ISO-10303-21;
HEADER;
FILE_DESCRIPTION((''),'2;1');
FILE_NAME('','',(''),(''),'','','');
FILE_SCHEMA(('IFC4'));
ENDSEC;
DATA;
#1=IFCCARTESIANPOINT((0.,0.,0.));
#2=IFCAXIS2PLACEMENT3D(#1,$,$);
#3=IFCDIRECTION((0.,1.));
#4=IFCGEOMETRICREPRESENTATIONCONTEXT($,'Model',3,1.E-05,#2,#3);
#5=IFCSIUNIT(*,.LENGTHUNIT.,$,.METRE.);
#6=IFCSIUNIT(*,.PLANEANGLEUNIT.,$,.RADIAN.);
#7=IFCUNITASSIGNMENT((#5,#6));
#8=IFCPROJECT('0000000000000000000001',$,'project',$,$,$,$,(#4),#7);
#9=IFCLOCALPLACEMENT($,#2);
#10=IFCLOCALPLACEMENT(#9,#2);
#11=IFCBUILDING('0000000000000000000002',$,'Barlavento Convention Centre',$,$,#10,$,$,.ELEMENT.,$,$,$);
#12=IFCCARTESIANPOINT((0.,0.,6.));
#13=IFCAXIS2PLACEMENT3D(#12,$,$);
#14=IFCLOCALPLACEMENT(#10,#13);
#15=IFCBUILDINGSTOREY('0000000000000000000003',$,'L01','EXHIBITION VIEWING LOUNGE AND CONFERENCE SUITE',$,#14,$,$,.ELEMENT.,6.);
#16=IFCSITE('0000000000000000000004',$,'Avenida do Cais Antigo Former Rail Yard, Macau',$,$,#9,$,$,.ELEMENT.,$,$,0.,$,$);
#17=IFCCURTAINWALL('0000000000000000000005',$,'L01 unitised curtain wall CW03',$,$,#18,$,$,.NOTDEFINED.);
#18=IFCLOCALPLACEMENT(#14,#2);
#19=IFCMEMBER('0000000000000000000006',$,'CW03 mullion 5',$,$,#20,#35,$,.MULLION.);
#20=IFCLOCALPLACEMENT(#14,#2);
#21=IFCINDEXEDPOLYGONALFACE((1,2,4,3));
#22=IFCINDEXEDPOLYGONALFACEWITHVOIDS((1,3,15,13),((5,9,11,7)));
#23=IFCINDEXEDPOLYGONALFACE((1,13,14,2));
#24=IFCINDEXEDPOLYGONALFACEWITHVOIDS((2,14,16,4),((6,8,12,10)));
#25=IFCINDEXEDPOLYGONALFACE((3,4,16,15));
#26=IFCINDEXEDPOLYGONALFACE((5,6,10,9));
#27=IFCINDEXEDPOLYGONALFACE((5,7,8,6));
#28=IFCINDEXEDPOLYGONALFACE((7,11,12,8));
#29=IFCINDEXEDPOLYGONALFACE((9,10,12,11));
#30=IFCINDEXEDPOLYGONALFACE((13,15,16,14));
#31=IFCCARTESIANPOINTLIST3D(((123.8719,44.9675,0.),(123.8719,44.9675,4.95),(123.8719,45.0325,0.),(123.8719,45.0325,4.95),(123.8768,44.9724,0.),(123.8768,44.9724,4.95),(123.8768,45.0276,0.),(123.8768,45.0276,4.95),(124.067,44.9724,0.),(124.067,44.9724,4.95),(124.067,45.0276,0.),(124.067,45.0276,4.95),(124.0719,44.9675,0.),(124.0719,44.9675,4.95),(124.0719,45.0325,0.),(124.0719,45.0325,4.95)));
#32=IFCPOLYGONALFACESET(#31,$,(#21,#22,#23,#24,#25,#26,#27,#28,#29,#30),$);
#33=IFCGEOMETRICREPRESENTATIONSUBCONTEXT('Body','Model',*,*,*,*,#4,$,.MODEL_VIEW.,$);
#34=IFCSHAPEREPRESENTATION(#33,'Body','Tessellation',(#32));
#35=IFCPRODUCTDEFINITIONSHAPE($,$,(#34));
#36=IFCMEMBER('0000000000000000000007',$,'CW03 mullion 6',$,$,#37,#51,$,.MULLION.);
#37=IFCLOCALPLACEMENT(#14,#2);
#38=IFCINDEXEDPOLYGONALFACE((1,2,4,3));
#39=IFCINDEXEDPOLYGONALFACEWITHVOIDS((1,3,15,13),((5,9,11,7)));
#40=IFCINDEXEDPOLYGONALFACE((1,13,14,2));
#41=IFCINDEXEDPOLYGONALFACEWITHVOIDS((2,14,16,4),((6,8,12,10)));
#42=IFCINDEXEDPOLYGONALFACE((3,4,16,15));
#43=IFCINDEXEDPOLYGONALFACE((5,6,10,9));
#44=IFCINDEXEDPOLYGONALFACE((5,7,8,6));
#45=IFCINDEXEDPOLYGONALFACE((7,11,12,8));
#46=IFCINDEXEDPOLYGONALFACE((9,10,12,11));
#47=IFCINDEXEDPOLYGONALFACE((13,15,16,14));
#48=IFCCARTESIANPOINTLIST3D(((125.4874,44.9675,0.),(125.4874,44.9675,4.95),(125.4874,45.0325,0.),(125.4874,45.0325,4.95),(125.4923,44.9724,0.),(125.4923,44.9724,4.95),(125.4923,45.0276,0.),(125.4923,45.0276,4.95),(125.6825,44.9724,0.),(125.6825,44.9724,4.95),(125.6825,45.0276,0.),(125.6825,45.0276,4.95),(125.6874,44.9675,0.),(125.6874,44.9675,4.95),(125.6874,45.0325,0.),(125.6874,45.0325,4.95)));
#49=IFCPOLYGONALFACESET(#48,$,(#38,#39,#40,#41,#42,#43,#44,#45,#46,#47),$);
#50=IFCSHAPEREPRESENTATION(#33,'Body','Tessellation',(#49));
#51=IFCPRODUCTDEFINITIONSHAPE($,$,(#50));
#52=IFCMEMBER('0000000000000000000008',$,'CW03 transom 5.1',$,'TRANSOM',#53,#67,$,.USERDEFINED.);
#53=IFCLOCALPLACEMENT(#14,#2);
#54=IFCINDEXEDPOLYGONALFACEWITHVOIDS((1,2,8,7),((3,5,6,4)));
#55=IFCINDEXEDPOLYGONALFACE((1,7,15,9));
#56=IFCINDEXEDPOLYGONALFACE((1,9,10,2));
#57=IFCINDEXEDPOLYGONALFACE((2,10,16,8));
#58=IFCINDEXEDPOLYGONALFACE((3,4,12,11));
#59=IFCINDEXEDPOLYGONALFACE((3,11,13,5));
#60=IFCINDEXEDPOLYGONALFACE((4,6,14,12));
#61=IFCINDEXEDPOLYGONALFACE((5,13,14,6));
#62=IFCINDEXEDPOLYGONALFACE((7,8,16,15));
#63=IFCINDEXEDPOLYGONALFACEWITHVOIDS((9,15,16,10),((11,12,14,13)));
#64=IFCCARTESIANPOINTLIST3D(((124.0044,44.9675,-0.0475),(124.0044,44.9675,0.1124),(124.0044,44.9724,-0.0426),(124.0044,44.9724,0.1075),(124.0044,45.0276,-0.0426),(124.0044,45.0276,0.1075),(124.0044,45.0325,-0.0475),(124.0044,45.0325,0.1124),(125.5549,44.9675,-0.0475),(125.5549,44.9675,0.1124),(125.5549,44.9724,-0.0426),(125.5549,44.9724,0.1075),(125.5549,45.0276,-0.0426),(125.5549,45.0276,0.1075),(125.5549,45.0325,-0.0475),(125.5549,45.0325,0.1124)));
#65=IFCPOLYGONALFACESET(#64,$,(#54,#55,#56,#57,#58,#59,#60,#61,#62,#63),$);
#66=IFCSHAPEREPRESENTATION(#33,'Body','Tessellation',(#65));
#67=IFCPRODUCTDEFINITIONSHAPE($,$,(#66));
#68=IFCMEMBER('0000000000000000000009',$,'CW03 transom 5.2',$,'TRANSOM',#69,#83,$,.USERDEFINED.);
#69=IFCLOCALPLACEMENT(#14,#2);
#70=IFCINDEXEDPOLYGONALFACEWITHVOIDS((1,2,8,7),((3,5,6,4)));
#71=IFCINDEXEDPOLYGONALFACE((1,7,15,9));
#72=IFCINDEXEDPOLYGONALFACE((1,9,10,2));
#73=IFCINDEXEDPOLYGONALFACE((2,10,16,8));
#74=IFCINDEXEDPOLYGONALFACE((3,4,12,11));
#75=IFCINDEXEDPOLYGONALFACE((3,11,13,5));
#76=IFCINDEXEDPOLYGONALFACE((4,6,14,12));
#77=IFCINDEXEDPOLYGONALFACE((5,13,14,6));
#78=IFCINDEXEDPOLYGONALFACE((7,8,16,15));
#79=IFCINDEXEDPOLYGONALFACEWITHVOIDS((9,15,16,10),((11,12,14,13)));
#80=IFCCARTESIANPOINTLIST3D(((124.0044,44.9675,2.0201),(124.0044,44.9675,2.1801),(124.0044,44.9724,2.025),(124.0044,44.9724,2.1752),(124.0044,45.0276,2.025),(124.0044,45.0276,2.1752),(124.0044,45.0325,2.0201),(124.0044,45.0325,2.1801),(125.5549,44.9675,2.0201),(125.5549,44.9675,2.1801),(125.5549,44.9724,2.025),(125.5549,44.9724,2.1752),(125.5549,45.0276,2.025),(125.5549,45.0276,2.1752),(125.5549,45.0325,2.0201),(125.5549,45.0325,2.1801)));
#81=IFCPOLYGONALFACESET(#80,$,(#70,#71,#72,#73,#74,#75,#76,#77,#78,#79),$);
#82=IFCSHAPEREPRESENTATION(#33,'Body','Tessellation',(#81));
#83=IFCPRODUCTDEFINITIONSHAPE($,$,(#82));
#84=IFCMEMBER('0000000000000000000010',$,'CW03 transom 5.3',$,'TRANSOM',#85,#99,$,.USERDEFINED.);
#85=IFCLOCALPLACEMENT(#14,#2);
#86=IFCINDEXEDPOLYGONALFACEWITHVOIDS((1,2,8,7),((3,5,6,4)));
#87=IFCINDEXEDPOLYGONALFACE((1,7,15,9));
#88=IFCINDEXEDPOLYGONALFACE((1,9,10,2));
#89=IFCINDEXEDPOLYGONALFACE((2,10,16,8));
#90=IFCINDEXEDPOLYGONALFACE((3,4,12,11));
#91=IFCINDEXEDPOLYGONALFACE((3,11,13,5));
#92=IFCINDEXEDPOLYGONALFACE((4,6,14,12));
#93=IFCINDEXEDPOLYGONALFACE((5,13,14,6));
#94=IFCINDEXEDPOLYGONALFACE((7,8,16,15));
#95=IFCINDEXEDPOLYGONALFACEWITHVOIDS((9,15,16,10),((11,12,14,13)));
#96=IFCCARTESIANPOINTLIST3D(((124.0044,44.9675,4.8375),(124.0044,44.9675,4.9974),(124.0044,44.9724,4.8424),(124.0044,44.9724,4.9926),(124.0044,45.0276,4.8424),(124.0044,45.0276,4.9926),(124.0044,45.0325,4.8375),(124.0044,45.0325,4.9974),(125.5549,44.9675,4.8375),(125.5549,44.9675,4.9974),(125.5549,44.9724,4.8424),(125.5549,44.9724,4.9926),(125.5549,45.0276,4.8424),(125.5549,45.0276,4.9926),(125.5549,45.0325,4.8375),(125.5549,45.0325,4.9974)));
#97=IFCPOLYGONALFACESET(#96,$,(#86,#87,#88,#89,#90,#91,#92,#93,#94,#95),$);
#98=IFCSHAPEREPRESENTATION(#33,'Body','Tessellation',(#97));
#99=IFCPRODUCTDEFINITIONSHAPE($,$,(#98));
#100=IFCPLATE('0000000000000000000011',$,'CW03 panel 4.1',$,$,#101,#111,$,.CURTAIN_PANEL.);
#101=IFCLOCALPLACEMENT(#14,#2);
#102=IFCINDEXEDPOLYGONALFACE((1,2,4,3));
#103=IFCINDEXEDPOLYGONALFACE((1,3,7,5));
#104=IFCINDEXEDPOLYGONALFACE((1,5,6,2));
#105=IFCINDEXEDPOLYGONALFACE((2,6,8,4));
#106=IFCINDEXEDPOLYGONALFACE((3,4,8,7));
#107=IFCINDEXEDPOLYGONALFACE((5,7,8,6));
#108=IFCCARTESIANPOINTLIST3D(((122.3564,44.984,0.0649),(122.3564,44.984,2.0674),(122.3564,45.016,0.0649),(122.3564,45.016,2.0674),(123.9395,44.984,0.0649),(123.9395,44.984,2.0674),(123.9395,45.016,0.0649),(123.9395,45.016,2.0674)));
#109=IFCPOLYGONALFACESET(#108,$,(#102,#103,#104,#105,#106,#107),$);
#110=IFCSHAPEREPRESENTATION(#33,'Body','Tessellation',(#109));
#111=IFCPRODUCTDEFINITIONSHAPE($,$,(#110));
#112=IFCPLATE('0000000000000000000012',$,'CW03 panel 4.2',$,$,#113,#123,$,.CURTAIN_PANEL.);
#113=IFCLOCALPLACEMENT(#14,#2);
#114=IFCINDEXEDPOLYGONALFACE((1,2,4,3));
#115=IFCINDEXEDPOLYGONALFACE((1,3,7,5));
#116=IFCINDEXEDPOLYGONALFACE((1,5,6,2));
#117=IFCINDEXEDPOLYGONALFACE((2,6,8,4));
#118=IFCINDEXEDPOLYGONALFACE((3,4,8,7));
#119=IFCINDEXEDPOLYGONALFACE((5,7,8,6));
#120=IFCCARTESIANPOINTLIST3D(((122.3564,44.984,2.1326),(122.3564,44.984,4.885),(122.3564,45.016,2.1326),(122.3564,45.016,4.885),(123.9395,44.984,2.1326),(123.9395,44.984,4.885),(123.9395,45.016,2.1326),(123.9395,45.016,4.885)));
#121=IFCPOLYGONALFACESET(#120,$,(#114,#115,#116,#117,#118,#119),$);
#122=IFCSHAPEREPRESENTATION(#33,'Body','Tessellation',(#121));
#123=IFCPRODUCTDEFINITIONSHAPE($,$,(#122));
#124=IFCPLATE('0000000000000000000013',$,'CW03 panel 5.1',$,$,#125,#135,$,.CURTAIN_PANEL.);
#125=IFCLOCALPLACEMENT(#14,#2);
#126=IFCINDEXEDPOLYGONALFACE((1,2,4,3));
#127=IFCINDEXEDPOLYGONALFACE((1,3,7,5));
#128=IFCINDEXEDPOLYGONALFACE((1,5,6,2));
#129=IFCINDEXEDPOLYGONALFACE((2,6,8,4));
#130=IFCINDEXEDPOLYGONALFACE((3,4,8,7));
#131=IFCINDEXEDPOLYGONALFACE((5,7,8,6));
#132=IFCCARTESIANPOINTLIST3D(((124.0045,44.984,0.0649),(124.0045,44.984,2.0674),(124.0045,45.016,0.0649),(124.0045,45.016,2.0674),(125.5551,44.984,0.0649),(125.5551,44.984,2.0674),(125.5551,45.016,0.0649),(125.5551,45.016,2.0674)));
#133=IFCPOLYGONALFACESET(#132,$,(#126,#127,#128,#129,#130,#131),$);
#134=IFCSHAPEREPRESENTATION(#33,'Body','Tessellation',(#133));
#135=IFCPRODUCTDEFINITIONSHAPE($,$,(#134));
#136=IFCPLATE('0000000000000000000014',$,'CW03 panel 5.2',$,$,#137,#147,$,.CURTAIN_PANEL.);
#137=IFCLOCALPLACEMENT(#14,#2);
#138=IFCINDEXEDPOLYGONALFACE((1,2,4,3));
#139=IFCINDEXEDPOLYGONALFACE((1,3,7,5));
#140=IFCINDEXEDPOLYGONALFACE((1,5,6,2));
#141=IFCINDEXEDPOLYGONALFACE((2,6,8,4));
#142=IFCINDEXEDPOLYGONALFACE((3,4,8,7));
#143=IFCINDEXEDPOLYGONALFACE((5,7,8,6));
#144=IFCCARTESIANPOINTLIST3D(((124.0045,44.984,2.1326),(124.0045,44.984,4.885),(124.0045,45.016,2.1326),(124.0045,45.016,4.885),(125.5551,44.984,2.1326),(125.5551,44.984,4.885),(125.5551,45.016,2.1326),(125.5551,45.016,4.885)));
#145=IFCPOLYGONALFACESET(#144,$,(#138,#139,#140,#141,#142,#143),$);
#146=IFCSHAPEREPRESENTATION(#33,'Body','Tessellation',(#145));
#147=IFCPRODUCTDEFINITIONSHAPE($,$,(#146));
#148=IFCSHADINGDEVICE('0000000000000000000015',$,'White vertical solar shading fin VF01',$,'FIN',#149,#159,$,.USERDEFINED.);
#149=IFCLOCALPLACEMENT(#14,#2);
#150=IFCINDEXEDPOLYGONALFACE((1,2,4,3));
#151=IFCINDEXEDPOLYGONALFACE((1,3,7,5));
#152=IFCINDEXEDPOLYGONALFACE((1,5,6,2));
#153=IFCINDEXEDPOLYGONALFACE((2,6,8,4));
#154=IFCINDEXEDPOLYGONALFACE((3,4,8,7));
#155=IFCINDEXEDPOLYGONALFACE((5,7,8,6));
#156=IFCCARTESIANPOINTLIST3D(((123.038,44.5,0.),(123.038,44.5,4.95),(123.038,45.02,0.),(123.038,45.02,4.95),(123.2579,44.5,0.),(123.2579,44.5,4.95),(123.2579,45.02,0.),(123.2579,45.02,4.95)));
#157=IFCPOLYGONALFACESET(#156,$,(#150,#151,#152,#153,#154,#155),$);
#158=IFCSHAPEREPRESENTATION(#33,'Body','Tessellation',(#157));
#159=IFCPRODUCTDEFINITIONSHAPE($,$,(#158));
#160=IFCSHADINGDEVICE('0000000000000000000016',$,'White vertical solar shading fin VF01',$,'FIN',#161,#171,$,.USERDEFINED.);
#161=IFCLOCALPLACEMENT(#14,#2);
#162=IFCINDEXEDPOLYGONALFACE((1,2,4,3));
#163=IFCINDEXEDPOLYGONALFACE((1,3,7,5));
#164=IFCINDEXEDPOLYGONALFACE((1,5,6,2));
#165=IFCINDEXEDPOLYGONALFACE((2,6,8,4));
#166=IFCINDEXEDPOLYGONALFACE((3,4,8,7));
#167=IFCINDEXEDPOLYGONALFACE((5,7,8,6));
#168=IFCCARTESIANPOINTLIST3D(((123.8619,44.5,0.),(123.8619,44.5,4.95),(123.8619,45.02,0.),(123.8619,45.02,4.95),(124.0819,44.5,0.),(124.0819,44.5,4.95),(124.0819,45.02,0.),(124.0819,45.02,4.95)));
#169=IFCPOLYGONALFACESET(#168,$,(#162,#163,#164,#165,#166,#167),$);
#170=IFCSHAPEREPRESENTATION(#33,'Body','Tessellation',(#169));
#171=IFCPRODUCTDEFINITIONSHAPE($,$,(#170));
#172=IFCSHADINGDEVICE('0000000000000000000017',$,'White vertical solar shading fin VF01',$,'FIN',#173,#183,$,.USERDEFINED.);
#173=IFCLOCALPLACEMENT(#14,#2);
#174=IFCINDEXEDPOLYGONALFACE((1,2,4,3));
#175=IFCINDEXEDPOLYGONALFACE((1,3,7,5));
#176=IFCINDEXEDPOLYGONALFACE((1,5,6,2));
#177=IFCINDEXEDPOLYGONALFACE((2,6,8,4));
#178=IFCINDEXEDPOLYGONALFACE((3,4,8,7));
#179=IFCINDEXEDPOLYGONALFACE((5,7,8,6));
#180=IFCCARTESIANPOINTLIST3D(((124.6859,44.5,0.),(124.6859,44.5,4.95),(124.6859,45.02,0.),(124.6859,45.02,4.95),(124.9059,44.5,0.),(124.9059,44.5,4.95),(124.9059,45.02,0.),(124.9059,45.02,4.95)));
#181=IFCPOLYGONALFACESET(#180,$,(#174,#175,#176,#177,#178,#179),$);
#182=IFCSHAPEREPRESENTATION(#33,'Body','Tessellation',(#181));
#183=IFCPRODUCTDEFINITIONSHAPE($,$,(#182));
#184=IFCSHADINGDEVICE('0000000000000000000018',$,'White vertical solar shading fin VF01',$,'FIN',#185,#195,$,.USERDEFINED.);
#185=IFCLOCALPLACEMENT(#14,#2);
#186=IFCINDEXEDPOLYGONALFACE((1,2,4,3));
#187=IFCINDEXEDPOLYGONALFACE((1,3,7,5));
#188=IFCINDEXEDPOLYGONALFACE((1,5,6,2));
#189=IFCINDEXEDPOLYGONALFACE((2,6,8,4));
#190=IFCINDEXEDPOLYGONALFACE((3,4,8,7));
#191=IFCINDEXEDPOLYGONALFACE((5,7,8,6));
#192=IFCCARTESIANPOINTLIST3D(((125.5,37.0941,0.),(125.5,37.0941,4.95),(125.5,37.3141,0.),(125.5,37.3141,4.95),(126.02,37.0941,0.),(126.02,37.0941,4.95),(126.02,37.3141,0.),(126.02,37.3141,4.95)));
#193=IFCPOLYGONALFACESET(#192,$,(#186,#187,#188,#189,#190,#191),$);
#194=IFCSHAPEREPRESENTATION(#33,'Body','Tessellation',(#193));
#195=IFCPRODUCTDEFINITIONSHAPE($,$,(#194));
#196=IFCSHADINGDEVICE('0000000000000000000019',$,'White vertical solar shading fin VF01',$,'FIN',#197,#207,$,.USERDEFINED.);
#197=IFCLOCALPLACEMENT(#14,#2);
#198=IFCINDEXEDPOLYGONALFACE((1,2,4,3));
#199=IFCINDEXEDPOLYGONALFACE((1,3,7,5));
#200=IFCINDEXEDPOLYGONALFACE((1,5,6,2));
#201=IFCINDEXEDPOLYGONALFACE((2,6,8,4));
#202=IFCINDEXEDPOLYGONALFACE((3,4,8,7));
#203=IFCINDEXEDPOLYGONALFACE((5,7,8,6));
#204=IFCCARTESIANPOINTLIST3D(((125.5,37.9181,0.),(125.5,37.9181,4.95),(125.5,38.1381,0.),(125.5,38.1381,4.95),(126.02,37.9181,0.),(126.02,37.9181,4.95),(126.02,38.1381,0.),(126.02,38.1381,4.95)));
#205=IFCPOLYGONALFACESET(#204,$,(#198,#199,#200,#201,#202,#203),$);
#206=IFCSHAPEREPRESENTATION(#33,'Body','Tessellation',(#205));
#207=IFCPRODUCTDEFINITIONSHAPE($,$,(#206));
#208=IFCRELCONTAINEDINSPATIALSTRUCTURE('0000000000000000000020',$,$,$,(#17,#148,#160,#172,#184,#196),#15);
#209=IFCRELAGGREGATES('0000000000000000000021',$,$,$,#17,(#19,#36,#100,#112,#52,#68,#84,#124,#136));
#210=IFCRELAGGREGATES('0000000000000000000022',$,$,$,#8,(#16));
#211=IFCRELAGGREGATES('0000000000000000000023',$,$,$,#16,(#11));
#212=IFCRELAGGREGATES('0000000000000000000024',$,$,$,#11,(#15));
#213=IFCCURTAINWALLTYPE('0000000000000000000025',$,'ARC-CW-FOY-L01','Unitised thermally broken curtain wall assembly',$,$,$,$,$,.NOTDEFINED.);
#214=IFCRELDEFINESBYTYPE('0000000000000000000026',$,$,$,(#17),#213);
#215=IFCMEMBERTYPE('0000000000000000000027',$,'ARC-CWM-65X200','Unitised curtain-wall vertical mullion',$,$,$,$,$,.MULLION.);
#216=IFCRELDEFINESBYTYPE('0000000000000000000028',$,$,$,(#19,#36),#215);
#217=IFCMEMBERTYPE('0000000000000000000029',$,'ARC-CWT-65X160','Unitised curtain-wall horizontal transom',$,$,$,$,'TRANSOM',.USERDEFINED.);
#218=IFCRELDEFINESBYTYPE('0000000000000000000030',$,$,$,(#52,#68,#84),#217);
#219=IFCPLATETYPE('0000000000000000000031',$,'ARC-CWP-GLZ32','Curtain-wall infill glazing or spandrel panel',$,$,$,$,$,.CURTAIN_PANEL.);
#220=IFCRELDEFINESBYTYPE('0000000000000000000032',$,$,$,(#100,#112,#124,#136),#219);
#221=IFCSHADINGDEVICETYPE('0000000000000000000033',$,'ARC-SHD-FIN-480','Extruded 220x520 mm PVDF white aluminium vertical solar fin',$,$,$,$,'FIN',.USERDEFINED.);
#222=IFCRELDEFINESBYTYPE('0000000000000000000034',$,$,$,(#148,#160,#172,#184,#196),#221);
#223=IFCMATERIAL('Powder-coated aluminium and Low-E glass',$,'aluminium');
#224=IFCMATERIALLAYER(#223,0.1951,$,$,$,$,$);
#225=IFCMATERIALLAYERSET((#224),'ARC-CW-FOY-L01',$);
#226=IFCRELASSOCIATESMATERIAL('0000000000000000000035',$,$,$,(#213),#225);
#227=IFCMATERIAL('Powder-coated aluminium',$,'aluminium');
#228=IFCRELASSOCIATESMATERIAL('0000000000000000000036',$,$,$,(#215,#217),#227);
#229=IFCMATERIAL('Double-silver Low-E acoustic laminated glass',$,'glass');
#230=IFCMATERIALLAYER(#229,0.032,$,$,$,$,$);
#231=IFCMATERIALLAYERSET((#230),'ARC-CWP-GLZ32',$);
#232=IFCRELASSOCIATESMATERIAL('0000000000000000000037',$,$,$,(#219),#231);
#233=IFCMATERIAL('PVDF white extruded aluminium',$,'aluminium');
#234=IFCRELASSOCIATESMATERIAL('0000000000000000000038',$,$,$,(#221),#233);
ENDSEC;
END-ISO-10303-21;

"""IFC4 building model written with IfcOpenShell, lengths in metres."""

from ifc_helpers import new_model, si_unit, direction, frame, origin, origin_2d, place, context, subcontext, project, spatial, rectangle, hollow_rectangle, extrude, material, layer, layer_set, material_profile, profile_set, type_object, element, aggregate, save


model = new_model("IFC4")

# Units and contexts
model_context = context("Model", 3, precision=1e-05, world=origin(), true_north=direction((0.0, 1.0)))
body_context = subcontext(model_context, "Body", "Model", "MODEL_VIEW")
ifc_project = project(units=[si_unit("LENGTHUNIT", "METRE"), si_unit("PLANEANGLEUNIT", "RADIAN")], contexts=[model_context])

# Site, building, storey
site_placement = place(None, origin())
site = spatial("IfcSite", under=ifc_project, at=site_placement, Name="Avenida do Cais Antigo Former Rail Yard, Macau", CompositionType="ELEMENT", RefElevation=0.0)
building_placement = place(site_placement, origin())
building = spatial("IfcBuilding", under=site, at=building_placement, Name="Barlavento Convention Centre", CompositionType="ELEMENT")
storey_placement = place(building_placement, frame((0.0, 0.0, 6.0)))
storey = spatial("IfcBuildingStorey", under=building, at=storey_placement, Name="L01", Description="EXHIBITION VIEWING LOUNGE AND CONFERENCE SUITE", CompositionType="ELEMENT", Elevation=6.0)

# Curtain wall, members, plates
ifc_material_1 = material(Name="Powder-coated aluminium and Low-E glass", Category="aluminium")
ifc_layer_1 = layer(ifc_material_1, 0.1951)
ifc_layer_set_1 = layer_set([ifc_layer_1], Name="ARC-CW-FOY-L01")
curtain_wall_type = type_object("IfcCurtainWallType", Name="ARC-CW-FOY-L01", Description="Unitised thermally broken curtain wall assembly", PredefinedType="NOTDEFINED", material=ifc_layer_set_1)
curtain_wall_placement = place(storey_placement, origin())
curtain_wall = element("IfcCurtainWall", 1, at=curtain_wall_placement, inside=storey, type_object=curtain_wall_type, Name="L01 unitised curtain wall CW03", PredefinedType="NOTDEFINED")
ifc_material_2 = material(Name="Powder-coated aluminium", Category="aluminium")
ifc_material_profile_1 = material_profile(ifc_material_2, hollow_rectangle(XDim=0.0649, YDim=0.2, WallThickness=0.0049, at=origin_2d()), Name="AL-MULL 65x200x5")
ifc_profile_set_1 = profile_set([ifc_material_profile_1], Name="Powder-coated aluminium")
member_type_1 = type_object("IfcMemberType", Name="ARC-CWM-65X200", Description="Unitised curtain-wall vertical mullion", PredefinedType="MULLION", material=ifc_profile_set_1)
member_1_placement = place(storey_placement, frame((123.9719, 45.0, 0.0), z_axis=(0.0, 0.0, 1.0), x_axis=(0.0, 1.0, 0.0)))
member_1 = element("IfcMember", 2, at=member_1_placement, type_object=member_type_1, Name="CW03 mullion 5", PredefinedType="MULLION", context=body_context, shape_type="SweptSolid", body=[
    extrude(hollow_rectangle(XDim=0.0649, YDim=0.2, WallThickness=0.0049, at=origin_2d()), origin(), (0.0, 0.0, 1.0), 4.95),
])
member_2_placement = place(storey_placement, frame((125.5874, 45.0, 0.0), z_axis=(0.0, 0.0, 1.0), x_axis=(0.0, 1.0, 0.0)))
member_2 = element("IfcMember", 3, at=member_2_placement, type_object=member_type_1, Name="CW03 mullion 6", PredefinedType="MULLION", context=body_context, shape_type="SweptSolid", body=[
    extrude(hollow_rectangle(XDim=0.0649, YDim=0.2, WallThickness=0.0049, at=origin_2d()), origin(), (0.0, 0.0, 1.0), 4.95),
])
ifc_material_profile_2 = material_profile(ifc_material_2, hollow_rectangle(XDim=0.0649, YDim=0.1599, WallThickness=0.0049, at=origin_2d()), Name="AL-TRAN 65x160x5")
ifc_profile_set_2 = profile_set([ifc_material_profile_2], Name="Powder-coated aluminium")
member_type_2 = type_object("IfcMemberType", Name="ARC-CWT-65X160", Description="Unitised curtain-wall horizontal transom", ElementType="TRANSOM", PredefinedType="USERDEFINED", material=ifc_profile_set_2)
member_3_placement = place(storey_placement, frame((124.0044, 45.0, 0.0325), z_axis=(1.0, 0.0, 0.0), x_axis=(0.0, 1.0, 0.0)))
member_3 = element("IfcMember", 4, at=member_3_placement, type_object=member_type_2, Name="CW03 transom 5.1", ObjectType="TRANSOM", PredefinedType="USERDEFINED", context=body_context, shape_type="SweptSolid", body=[
    extrude(hollow_rectangle(XDim=0.0649, YDim=0.1599, WallThickness=0.0049, at=origin_2d()), origin(), (0.0, 0.0, 1.0), 1.5505),
])
member_4_placement = place(storey_placement, frame((124.0044, 45.0, 2.1001), z_axis=(1.0, 0.0, 0.0), x_axis=(0.0, 1.0, 0.0)))
member_4 = element("IfcMember", 5, at=member_4_placement, type_object=member_type_2, Name="CW03 transom 5.2", ObjectType="TRANSOM", PredefinedType="USERDEFINED", context=body_context, shape_type="SweptSolid", body=[
    extrude(hollow_rectangle(XDim=0.0649, YDim=0.1599, WallThickness=0.0049, at=origin_2d()), origin(), (0.0, 0.0, 1.0), 1.5505),
])
member_5_placement = place(storey_placement, frame((124.0044, 45.0, 4.9175), z_axis=(1.0, 0.0, 0.0), x_axis=(0.0, 1.0, 0.0)))
member_5 = element("IfcMember", 6, at=member_5_placement, type_object=member_type_2, Name="CW03 transom 5.3", ObjectType="TRANSOM", PredefinedType="USERDEFINED", context=body_context, shape_type="SweptSolid", body=[
    extrude(hollow_rectangle(XDim=0.0649, YDim=0.1599, WallThickness=0.0049, at=origin_2d()), origin(), (0.0, 0.0, 1.0), 1.5505),
])
ifc_material_3 = material(Name="Double-silver Low-E acoustic laminated glass", Category="glass")
ifc_layer_2 = layer(ifc_material_3, 0.032)
ifc_layer_set_2 = layer_set([ifc_layer_2], Name="ARC-CWP-GLZ32")
plate_type = type_object("IfcPlateType", Name="ARC-CWP-GLZ32", Description="Curtain-wall infill glazing or spandrel panel", PredefinedType="CURTAIN_PANEL", material=ifc_layer_set_2)
plate_1_placement = place(storey_placement, frame((123.1479, 45.0, 0.0649), z_axis=(0.0, 0.0, 1.0), x_axis=(1.0, 0.0, 0.0)))
plate_1 = element("IfcPlate", 7, at=plate_1_placement, type_object=plate_type, Name="CW03 panel 4.1", PredefinedType="CURTAIN_PANEL", context=body_context, shape_type="SweptSolid", body=[
    extrude(rectangle(XDim=1.583, YDim=0.032, at=origin_2d()), origin(), (0.0, 0.0, 1.0), 2.0024),
])
plate_2_placement = place(storey_placement, frame((123.1479, 45.0, 2.1326), z_axis=(0.0, 0.0, 1.0), x_axis=(1.0, 0.0, 0.0)))
plate_2 = element("IfcPlate", 8, at=plate_2_placement, type_object=plate_type, Name="CW03 panel 4.2", PredefinedType="CURTAIN_PANEL", context=body_context, shape_type="SweptSolid", body=[
    extrude(rectangle(XDim=1.583, YDim=0.032, at=origin_2d()), origin(), (0.0, 0.0, 1.0), 2.7524),
])
plate_3_placement = place(storey_placement, frame((124.7798, 45.0, 0.0649), z_axis=(0.0, 0.0, 1.0), x_axis=(1.0, 0.0, 0.0)))
plate_3 = element("IfcPlate", 9, at=plate_3_placement, type_object=plate_type, Name="CW03 panel 5.1", PredefinedType="CURTAIN_PANEL", context=body_context, shape_type="SweptSolid", body=[
    extrude(rectangle(XDim=1.5505, YDim=0.032, at=origin_2d()), origin(), (0.0, 0.0, 1.0), 2.0024),
])
plate_4_placement = place(storey_placement, frame((124.7798, 45.0, 2.1326), z_axis=(0.0, 0.0, 1.0), x_axis=(1.0, 0.0, 0.0)))
plate_4 = element("IfcPlate", 10, at=plate_4_placement, type_object=plate_type, Name="CW03 panel 5.2", PredefinedType="CURTAIN_PANEL", context=body_context, shape_type="SweptSolid", body=[
    extrude(rectangle(XDim=1.5505, YDim=0.032, at=origin_2d()), origin(), (0.0, 0.0, 1.0), 2.7524),
])
aggregate(curtain_wall, [member_1, member_2, plate_1, plate_2, member_3, member_4, member_5, plate_3, plate_4])

# Shading devices
ifc_material_4 = material(Name="PVDF white extruded aluminium", Category="aluminium")
shading_device_type = type_object("IfcShadingDeviceType", Name="ARC-SHD-FIN-480", Description="Extruded 220x520 mm PVDF white aluminium vertical solar fin", ElementType="FIN", PredefinedType="USERDEFINED", material=ifc_material_4)
for number, where, z_axis, x_axis, name in (
    (11, (123.1479, 44.76, 0.0), (0.0, 0.0, 1.0), (1.0, 0.0, 0.0), "White vertical solar shading fin VF01"),
    (12, (123.9719, 44.76, 0.0), (0.0, 0.0, 1.0), (1.0, 0.0, 0.0), "White vertical solar shading fin VF01"),
    (13, (124.7959, 44.76, 0.0), (0.0, 0.0, 1.0), (1.0, 0.0, 0.0), "White vertical solar shading fin VF01"),
    (14, (125.76, 37.2041, 0.0), (0.0, 0.0, 1.0), (0.0, 1.0, 0.0), "White vertical solar shading fin VF01"),
    (15, (125.76, 38.0281, 0.0), (0.0, 0.0, 1.0), (0.0, 1.0, 0.0), "White vertical solar shading fin VF01"),
):
    element("IfcShadingDevice", number, at=place(storey_placement, frame(where, z_axis=z_axis, x_axis=x_axis)), inside=storey, type_object=shading_device_type, Name=name, ObjectType="FIN", PredefinedType="USERDEFINED", context=body_context, shape_type="SweptSolid", body=[
        extrude(rectangle(XDim=0.22, YDim=0.52, at=origin_2d()), origin(), (0.0, 0.0, 1.0), 4.95),
    ])

save(model, "model.ifc")
